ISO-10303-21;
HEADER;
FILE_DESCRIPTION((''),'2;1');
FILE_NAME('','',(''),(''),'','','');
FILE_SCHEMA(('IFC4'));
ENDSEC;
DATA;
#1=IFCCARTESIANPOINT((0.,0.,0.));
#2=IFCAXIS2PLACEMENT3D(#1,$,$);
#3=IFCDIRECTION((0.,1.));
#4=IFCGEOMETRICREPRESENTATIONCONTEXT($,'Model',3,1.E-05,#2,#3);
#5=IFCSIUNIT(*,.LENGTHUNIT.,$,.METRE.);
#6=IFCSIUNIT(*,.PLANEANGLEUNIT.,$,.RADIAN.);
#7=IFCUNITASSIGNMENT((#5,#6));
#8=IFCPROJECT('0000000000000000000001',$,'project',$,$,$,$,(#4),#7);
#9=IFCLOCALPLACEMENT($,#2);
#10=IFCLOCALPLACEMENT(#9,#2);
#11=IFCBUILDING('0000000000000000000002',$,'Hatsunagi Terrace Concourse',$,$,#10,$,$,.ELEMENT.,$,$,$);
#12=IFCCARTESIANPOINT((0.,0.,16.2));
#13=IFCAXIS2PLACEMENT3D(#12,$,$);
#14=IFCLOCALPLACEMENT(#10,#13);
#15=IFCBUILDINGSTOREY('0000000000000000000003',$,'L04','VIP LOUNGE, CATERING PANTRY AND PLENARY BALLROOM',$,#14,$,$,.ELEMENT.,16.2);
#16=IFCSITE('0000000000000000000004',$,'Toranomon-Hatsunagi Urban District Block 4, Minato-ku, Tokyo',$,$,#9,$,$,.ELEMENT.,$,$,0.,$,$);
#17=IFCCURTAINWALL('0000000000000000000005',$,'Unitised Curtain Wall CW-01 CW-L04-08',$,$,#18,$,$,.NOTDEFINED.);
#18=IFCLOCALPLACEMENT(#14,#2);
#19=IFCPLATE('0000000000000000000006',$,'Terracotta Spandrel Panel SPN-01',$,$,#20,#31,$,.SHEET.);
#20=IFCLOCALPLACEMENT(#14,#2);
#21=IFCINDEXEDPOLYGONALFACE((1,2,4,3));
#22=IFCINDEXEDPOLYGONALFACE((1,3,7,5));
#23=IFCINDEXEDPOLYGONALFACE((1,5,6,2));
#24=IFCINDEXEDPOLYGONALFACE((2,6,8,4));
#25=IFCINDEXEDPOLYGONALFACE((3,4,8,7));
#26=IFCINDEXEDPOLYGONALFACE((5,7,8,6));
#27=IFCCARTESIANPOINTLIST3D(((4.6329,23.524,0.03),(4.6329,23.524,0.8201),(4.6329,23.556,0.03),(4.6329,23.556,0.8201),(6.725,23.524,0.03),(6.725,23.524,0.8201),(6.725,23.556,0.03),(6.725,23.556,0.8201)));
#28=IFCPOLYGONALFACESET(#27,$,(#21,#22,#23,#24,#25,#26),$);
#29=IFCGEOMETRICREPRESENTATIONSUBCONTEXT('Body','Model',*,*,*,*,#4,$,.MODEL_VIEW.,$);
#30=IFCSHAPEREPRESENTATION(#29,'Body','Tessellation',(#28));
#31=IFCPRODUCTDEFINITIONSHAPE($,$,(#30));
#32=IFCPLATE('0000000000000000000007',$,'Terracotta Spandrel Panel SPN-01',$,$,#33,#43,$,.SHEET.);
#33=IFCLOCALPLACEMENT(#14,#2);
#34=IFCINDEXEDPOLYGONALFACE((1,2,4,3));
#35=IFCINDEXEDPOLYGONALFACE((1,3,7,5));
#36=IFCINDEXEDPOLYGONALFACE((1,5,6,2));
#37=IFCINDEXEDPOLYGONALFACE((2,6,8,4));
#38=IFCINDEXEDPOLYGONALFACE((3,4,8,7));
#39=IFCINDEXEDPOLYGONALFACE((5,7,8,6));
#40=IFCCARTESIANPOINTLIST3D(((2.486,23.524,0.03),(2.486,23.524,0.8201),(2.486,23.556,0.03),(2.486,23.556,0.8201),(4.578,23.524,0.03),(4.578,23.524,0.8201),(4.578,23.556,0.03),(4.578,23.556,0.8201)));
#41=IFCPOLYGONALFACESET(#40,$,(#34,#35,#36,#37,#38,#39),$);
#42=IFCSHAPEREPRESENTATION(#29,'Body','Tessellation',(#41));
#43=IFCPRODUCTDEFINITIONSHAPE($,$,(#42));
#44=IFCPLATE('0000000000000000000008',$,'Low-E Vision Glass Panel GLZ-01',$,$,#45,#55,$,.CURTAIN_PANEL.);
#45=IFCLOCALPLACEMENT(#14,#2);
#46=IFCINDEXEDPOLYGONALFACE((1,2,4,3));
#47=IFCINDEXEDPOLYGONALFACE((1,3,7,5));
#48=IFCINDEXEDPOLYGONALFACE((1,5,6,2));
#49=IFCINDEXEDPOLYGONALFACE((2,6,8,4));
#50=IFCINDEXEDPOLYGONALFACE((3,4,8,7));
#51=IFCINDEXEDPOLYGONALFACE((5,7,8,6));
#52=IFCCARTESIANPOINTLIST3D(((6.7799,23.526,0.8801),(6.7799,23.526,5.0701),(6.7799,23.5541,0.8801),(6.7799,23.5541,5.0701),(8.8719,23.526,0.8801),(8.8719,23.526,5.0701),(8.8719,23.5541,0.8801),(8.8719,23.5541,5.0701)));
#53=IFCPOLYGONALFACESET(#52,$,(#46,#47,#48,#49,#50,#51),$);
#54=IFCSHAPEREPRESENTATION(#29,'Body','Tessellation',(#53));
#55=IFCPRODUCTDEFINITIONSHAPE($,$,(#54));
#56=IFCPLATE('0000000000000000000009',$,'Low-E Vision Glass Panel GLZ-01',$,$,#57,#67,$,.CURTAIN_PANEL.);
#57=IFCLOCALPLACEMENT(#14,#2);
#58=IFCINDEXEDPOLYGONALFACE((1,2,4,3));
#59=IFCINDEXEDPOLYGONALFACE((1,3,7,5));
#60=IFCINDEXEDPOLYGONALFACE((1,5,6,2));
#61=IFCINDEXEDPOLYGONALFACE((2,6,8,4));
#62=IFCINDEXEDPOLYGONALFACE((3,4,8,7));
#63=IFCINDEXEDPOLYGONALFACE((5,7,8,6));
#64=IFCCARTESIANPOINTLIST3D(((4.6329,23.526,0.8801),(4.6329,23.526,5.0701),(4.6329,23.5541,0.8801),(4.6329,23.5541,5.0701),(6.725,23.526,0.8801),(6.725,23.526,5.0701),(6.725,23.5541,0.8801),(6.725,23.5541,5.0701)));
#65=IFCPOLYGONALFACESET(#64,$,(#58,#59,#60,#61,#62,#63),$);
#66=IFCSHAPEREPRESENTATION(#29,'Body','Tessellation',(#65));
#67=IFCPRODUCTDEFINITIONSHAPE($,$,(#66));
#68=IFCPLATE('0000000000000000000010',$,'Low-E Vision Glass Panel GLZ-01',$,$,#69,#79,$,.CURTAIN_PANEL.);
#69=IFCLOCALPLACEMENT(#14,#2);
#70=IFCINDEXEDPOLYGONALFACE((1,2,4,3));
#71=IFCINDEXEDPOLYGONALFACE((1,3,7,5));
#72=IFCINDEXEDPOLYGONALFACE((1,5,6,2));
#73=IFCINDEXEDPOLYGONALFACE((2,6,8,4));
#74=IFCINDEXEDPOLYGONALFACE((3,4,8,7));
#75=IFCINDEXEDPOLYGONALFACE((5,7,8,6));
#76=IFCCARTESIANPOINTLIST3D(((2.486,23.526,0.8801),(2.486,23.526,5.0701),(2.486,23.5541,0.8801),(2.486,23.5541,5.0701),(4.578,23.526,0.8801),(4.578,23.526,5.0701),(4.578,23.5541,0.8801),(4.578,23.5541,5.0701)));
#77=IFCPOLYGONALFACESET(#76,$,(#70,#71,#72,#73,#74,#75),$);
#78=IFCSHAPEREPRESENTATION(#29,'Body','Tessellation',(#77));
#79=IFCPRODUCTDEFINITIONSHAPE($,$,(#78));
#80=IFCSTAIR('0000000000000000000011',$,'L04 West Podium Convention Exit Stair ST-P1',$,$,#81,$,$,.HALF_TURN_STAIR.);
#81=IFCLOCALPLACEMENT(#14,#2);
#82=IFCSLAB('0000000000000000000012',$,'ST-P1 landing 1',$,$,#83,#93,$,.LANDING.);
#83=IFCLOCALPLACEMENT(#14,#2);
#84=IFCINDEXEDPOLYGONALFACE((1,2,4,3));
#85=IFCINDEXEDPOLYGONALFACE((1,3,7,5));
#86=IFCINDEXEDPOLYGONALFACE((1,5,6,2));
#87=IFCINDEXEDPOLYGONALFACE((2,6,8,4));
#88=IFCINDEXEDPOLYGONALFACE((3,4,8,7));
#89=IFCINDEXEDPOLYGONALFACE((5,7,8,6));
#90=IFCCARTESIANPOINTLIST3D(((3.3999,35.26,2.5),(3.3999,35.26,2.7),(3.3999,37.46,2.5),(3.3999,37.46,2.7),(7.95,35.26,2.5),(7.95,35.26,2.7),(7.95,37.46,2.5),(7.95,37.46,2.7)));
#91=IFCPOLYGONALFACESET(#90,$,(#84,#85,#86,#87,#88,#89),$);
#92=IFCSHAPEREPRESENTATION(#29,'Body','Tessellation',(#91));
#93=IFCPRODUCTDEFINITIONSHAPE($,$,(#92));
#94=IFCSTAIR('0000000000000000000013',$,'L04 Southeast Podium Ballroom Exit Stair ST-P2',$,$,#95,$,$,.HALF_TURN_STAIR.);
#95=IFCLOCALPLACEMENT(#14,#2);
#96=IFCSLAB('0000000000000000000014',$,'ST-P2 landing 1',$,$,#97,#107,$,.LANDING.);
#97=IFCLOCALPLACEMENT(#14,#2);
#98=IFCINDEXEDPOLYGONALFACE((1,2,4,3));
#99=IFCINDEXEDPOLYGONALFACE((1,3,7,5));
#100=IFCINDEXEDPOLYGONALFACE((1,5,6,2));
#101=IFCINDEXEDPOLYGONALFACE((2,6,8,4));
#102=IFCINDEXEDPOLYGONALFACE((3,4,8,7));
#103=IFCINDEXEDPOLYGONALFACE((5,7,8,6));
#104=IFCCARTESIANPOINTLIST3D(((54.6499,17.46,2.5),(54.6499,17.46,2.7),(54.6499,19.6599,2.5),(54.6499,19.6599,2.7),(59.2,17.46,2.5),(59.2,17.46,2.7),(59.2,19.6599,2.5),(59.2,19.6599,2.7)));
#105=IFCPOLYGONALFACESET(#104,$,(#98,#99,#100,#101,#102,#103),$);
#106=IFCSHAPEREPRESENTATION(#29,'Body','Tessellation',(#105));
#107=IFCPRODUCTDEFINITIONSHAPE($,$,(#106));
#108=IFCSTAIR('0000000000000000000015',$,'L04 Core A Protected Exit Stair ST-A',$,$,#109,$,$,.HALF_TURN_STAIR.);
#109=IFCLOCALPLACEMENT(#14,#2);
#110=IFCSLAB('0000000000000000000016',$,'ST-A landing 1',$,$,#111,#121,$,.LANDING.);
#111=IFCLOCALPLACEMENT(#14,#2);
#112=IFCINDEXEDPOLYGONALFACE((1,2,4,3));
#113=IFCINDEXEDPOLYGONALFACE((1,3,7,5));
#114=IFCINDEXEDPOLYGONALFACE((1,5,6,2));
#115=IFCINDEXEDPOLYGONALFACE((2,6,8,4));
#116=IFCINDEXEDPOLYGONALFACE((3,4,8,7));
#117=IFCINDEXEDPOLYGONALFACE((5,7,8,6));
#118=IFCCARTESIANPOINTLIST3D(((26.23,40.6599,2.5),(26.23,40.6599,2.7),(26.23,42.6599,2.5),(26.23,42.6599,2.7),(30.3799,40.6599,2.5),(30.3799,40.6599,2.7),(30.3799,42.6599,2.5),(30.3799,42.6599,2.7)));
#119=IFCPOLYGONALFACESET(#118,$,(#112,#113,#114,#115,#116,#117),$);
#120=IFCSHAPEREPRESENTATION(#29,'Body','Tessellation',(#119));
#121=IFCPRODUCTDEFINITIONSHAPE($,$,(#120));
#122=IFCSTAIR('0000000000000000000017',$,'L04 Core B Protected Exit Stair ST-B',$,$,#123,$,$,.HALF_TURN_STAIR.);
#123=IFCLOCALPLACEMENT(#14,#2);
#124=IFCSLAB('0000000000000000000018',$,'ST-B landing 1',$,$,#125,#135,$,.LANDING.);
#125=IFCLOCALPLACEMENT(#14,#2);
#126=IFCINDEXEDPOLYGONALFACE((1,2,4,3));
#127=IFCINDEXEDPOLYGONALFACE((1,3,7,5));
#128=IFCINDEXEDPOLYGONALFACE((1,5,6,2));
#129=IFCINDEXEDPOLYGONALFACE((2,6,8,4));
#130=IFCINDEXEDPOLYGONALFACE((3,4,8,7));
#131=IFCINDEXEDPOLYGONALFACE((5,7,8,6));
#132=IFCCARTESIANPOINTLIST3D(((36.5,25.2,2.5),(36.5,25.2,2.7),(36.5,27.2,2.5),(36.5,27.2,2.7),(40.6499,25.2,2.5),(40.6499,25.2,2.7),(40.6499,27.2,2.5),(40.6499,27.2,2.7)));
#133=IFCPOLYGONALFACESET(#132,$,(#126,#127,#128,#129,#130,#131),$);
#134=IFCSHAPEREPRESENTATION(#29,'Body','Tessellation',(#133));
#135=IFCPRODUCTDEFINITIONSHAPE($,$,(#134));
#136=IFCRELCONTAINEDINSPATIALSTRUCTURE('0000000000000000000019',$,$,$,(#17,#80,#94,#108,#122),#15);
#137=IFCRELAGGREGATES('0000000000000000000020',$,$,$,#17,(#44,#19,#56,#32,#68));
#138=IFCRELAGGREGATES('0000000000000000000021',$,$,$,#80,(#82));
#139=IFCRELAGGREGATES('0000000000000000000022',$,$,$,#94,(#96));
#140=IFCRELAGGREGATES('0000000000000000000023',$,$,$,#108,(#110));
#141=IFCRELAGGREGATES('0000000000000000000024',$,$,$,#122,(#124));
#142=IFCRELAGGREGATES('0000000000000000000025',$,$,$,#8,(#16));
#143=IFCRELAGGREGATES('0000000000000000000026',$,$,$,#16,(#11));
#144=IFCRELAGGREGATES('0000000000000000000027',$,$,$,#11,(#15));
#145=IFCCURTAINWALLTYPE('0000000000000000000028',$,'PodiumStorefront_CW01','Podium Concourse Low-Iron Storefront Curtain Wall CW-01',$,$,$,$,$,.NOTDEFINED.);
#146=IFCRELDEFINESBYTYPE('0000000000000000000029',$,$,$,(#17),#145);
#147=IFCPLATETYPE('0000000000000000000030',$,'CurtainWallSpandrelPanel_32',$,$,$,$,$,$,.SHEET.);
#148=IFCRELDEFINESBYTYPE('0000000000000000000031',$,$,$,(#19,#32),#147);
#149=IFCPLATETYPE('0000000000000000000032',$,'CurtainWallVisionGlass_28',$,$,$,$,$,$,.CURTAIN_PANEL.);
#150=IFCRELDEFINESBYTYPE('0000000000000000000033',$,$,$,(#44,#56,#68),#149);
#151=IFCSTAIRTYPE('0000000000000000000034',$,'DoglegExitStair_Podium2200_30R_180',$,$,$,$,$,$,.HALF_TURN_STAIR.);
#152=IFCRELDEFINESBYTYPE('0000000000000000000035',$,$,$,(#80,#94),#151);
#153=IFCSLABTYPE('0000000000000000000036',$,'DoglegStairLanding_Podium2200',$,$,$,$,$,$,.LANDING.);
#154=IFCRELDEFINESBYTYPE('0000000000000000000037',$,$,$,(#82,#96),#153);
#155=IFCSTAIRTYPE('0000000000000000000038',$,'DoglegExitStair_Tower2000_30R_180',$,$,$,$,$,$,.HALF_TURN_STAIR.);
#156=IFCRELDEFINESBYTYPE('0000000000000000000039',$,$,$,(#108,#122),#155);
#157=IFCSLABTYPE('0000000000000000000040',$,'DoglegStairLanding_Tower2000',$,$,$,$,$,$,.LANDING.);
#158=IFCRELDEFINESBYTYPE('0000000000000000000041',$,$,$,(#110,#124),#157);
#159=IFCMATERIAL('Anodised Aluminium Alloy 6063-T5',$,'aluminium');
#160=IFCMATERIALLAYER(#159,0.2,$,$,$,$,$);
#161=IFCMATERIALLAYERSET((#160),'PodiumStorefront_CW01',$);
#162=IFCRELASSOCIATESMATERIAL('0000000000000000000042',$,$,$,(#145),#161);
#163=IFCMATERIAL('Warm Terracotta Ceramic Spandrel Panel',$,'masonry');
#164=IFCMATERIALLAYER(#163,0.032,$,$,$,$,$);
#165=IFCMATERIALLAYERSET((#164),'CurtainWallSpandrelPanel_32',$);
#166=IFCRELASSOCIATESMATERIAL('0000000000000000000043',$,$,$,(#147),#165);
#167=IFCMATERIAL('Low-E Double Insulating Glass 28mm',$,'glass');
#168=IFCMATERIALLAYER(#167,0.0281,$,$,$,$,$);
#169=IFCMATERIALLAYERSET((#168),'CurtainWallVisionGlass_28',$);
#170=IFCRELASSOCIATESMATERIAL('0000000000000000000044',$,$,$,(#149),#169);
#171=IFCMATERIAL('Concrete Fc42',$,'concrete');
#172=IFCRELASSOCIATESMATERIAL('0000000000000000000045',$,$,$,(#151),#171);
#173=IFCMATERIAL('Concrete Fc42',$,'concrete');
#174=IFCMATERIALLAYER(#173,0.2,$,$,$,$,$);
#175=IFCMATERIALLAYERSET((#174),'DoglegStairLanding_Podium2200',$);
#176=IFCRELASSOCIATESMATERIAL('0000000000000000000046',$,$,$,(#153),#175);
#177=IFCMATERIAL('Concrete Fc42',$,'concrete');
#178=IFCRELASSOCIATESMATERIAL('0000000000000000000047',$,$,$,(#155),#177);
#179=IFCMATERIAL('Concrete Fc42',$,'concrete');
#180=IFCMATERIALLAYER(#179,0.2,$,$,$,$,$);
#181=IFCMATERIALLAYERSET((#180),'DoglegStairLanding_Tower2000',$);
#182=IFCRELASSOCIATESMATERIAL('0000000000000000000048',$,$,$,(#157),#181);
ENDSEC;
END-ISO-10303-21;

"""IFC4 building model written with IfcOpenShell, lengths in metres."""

from ifc_helpers import new_model, si_unit, direction, frame, origin, origin_2d, place, context, subcontext, project, spatial, polyline, rectangle, outline, extrude, material, layer, layer_set, type_object, element, aggregate, save


model = new_model("IFC4")

# Units and contexts
model_context = context("Model", 3, precision=1e-05, world=origin(), true_north=direction((0.0, 1.0)))
body_context = subcontext(model_context, "Body", "Model", "MODEL_VIEW")
ifc_project = project(units=[si_unit("LENGTHUNIT", "METRE"), si_unit("PLANEANGLEUNIT", "RADIAN")], contexts=[model_context])

# Site, building, storey
site_placement = place(None, origin())
site = spatial("IfcSite", under=ifc_project, at=site_placement, Name="Toranomon-Hatsunagi Urban District Block 4, Minato-ku, Tokyo", CompositionType="ELEMENT", RefElevation=0.0)
building_placement = place(site_placement, origin())
building = spatial("IfcBuilding", under=site, at=building_placement, Name="Hatsunagi Terrace Concourse", CompositionType="ELEMENT")
storey_placement = place(building_placement, frame((0.0, 0.0, 16.2)))
storey = spatial("IfcBuildingStorey", under=building, at=storey_placement, Name="L04", Description="VIP LOUNGE, CATERING PANTRY AND PLENARY BALLROOM", CompositionType="ELEMENT", Elevation=16.2)

# Curtain wall
ifc_material_1 = material(Name="Anodised Aluminium Alloy 6063-T5", Category="aluminium")
ifc_layer_1 = layer(ifc_material_1, 0.2)
ifc_layer_set_1 = layer_set([ifc_layer_1], Name="PodiumStorefront_CW01")
curtain_wall_type = type_object("IfcCurtainWallType", Name="PodiumStorefront_CW01", Description="Podium Concourse Low-Iron Storefront Curtain Wall CW-01", PredefinedType="NOTDEFINED", material=ifc_layer_set_1)
curtain_wall_placement = place(storey_placement, origin())
curtain_wall = element("IfcCurtainWall", 1, at=curtain_wall_placement, inside=storey, type_object=curtain_wall_type, Name="Unitised Curtain Wall CW-01 CW-L04-08", PredefinedType="NOTDEFINED")

# Plates
ifc_material_2 = material(Name="Warm Terracotta Ceramic Spandrel Panel", Category="masonry")
ifc_layer_2 = layer(ifc_material_2, 0.032)
ifc_layer_set_2 = layer_set([ifc_layer_2], Name="CurtainWallSpandrelPanel_32")
plate_type_1 = type_object("IfcPlateType", Name="CurtainWallSpandrelPanel_32", PredefinedType="SHEET", material=ifc_layer_set_2)
plate_1_placement = place(storey_placement, frame((5.679, 23.54, 0.03), z_axis=(0.0, 0.0, 1.0), x_axis=(-1.0, 0.0, 0.0)))
plate_1 = element("IfcPlate", 2, at=plate_1_placement, type_object=plate_type_1, Name="Terracotta Spandrel Panel SPN-01", PredefinedType="SHEET", context=body_context, shape_type="SweptSolid", body=[
    extrude(rectangle(XDim=2.092, YDim=0.032, at=origin_2d()), origin(), (0.0, 0.0, 1.0), 0.79),
])
plate_2_placement = place(storey_placement, frame((3.532, 23.54, 0.03), z_axis=(0.0, 0.0, 1.0), x_axis=(-1.0, 0.0, 0.0)))
plate_2 = element("IfcPlate", 3, at=plate_2_placement, type_object=plate_type_1, Name="Terracotta Spandrel Panel SPN-01", PredefinedType="SHEET", context=body_context, shape_type="SweptSolid", body=[
    extrude(rectangle(XDim=2.092, YDim=0.032, at=origin_2d()), origin(), (0.0, 0.0, 1.0), 0.79),
])
ifc_material_3 = material(Name="Low-E Double Insulating Glass 28mm", Category="glass")
ifc_layer_3 = layer(ifc_material_3, 0.0281)
ifc_layer_set_3 = layer_set([ifc_layer_3], Name="CurtainWallVisionGlass_28")
plate_type_2 = type_object("IfcPlateType", Name="CurtainWallVisionGlass_28", PredefinedType="CURTAIN_PANEL", material=ifc_layer_set_3)
plate_3_placement = place(storey_placement, frame((7.8259, 23.54, 0.8801), z_axis=(0.0, 0.0, 1.0), x_axis=(-1.0, 0.0, 0.0)))
plate_3 = element("IfcPlate", 4, at=plate_3_placement, type_object=plate_type_2, Name="Low-E Vision Glass Panel GLZ-01", PredefinedType="CURTAIN_PANEL", context=body_context, shape_type="SweptSolid", body=[
    extrude(rectangle(XDim=2.092, YDim=0.0281, at=origin_2d()), origin(), (0.0, 0.0, 1.0), 4.1899),
])
plate_4_placement = place(storey_placement, frame((5.679, 23.54, 0.8801), z_axis=(0.0, 0.0, 1.0), x_axis=(-1.0, 0.0, 0.0)))
plate_4 = element("IfcPlate", 5, at=plate_4_placement, type_object=plate_type_2, Name="Low-E Vision Glass Panel GLZ-01", PredefinedType="CURTAIN_PANEL", context=body_context, shape_type="SweptSolid", body=[
    extrude(rectangle(XDim=2.092, YDim=0.0281, at=origin_2d()), origin(), (0.0, 0.0, 1.0), 4.1899),
])
plate_5_placement = place(storey_placement, frame((3.532, 23.54, 0.8801), z_axis=(0.0, 0.0, 1.0), x_axis=(-1.0, 0.0, 0.0)))
plate_5 = element("IfcPlate", 6, at=plate_5_placement, type_object=plate_type_2, Name="Low-E Vision Glass Panel GLZ-01", PredefinedType="CURTAIN_PANEL", context=body_context, shape_type="SweptSolid", body=[
    extrude(rectangle(XDim=2.092, YDim=0.0281, at=origin_2d()), origin(), (0.0, 0.0, 1.0), 4.1899),
])
aggregate(curtain_wall, [plate_3, plate_1, plate_4, plate_2, plate_5])

# Stairs, slabs
ifc_material_4 = material(Name="Concrete Fc42", Category="concrete")
stair_type_1 = type_object("IfcStairType", Name="DoglegExitStair_Podium2200_30R_180", PredefinedType="HALF_TURN_STAIR", material=ifc_material_4)
stair_1_placement = place(storey_placement, origin())
stair_1 = element("IfcStair", 7, at=stair_1_placement, inside=storey, type_object=stair_type_1, Name="L04 West Podium Convention Exit Stair ST-P1", PredefinedType="HALF_TURN_STAIR")
ifc_material_5 = material(Name="Concrete Fc42", Category="concrete")
ifc_layer_4 = layer(ifc_material_5, 0.2)
ifc_layer_set_4 = layer_set([ifc_layer_4], Name="DoglegStairLanding_Podium2200")
slab_type_1 = type_object("IfcSlabType", Name="DoglegStairLanding_Podium2200", PredefinedType="LANDING", material=ifc_layer_set_4)
slab_1_placement = place(storey_placement, frame((0.0, 0.0, 2.5)))
slab_1 = element("IfcSlab", 8, at=slab_1_placement, type_object=slab_type_1, Name="ST-P1 landing 1", PredefinedType="LANDING", context=body_context, shape_type="SweptSolid", body=[
    extrude(outline(polyline([(7.95, 35.26), (7.95, 37.46), (3.3999, 37.46), (3.3999, 35.26), (7.95, 35.26)])), origin(), (0.0, 0.0, 1.0), 0.2),
])
aggregate(stair_1, [slab_1])
stair_2_placement = place(storey_placement, origin())
stair_2 = element("IfcStair", 9, at=stair_2_placement, inside=storey, type_object=stair_type_1, Name="L04 Southeast Podium Ballroom Exit Stair ST-P2", PredefinedType="HALF_TURN_STAIR")
slab_2_placement = place(storey_placement, frame((0.0, 0.0, 2.5)))
slab_2 = element("IfcSlab", 10, at=slab_2_placement, type_object=slab_type_1, Name="ST-P2 landing 1", PredefinedType="LANDING", context=body_context, shape_type="SweptSolid", body=[
    extrude(outline(polyline([(59.2, 17.46), (59.2, 19.6599), (54.6499, 19.6599), (54.6499, 17.46), (59.2, 17.46)])), origin(), (0.0, 0.0, 1.0), 0.2),
])
aggregate(stair_2, [slab_2])
ifc_material_6 = material(Name="Concrete Fc42", Category="concrete")
stair_type_2 = type_object("IfcStairType", Name="DoglegExitStair_Tower2000_30R_180", PredefinedType="HALF_TURN_STAIR", material=ifc_material_6)
stair_3_placement = place(storey_placement, origin())
stair_3 = element("IfcStair", 11, at=stair_3_placement, inside=storey, type_object=stair_type_2, Name="L04 Core A Protected Exit Stair ST-A", PredefinedType="HALF_TURN_STAIR")
ifc_material_7 = material(Name="Concrete Fc42", Category="concrete")
ifc_layer_5 = layer(ifc_material_7, 0.2)
ifc_layer_set_5 = layer_set([ifc_layer_5], Name="DoglegStairLanding_Tower2000")
slab_type_2 = type_object("IfcSlabType", Name="DoglegStairLanding_Tower2000", PredefinedType="LANDING", material=ifc_layer_set_5)
slab_3_placement = place(storey_placement, frame((0.0, 0.0, 2.5)))
slab_3 = element("IfcSlab", 12, at=slab_3_placement, type_object=slab_type_2, Name="ST-A landing 1", PredefinedType="LANDING", context=body_context, shape_type="SweptSolid", body=[
    extrude(outline(polyline([(30.3799, 40.6599), (30.3799, 42.6599), (26.23, 42.6599), (26.23, 40.6599), (30.3799, 40.6599)])), origin(), (0.0, 0.0, 1.0), 0.2),
])
aggregate(stair_3, [slab_3])
stair_4_placement = place(storey_placement, origin())
stair_4 = element("IfcStair", 13, at=stair_4_placement, inside=storey, type_object=stair_type_2, Name="L04 Core B Protected Exit Stair ST-B", PredefinedType="HALF_TURN_STAIR")
slab_4_placement = place(storey_placement, frame((0.0, 0.0, 2.5)))
slab_4 = element("IfcSlab", 14, at=slab_4_placement, type_object=slab_type_2, Name="ST-B landing 1", PredefinedType="LANDING", context=body_context, shape_type="SweptSolid", body=[
    extrude(outline(polyline([(36.5, 27.2), (36.5, 25.2), (40.6499, 25.2), (40.6499, 27.2), (36.5, 27.2)])), origin(), (0.0, 0.0, 1.0), 0.2),
])
aggregate(stair_4, [slab_4])

save(model, "model.ifc")
